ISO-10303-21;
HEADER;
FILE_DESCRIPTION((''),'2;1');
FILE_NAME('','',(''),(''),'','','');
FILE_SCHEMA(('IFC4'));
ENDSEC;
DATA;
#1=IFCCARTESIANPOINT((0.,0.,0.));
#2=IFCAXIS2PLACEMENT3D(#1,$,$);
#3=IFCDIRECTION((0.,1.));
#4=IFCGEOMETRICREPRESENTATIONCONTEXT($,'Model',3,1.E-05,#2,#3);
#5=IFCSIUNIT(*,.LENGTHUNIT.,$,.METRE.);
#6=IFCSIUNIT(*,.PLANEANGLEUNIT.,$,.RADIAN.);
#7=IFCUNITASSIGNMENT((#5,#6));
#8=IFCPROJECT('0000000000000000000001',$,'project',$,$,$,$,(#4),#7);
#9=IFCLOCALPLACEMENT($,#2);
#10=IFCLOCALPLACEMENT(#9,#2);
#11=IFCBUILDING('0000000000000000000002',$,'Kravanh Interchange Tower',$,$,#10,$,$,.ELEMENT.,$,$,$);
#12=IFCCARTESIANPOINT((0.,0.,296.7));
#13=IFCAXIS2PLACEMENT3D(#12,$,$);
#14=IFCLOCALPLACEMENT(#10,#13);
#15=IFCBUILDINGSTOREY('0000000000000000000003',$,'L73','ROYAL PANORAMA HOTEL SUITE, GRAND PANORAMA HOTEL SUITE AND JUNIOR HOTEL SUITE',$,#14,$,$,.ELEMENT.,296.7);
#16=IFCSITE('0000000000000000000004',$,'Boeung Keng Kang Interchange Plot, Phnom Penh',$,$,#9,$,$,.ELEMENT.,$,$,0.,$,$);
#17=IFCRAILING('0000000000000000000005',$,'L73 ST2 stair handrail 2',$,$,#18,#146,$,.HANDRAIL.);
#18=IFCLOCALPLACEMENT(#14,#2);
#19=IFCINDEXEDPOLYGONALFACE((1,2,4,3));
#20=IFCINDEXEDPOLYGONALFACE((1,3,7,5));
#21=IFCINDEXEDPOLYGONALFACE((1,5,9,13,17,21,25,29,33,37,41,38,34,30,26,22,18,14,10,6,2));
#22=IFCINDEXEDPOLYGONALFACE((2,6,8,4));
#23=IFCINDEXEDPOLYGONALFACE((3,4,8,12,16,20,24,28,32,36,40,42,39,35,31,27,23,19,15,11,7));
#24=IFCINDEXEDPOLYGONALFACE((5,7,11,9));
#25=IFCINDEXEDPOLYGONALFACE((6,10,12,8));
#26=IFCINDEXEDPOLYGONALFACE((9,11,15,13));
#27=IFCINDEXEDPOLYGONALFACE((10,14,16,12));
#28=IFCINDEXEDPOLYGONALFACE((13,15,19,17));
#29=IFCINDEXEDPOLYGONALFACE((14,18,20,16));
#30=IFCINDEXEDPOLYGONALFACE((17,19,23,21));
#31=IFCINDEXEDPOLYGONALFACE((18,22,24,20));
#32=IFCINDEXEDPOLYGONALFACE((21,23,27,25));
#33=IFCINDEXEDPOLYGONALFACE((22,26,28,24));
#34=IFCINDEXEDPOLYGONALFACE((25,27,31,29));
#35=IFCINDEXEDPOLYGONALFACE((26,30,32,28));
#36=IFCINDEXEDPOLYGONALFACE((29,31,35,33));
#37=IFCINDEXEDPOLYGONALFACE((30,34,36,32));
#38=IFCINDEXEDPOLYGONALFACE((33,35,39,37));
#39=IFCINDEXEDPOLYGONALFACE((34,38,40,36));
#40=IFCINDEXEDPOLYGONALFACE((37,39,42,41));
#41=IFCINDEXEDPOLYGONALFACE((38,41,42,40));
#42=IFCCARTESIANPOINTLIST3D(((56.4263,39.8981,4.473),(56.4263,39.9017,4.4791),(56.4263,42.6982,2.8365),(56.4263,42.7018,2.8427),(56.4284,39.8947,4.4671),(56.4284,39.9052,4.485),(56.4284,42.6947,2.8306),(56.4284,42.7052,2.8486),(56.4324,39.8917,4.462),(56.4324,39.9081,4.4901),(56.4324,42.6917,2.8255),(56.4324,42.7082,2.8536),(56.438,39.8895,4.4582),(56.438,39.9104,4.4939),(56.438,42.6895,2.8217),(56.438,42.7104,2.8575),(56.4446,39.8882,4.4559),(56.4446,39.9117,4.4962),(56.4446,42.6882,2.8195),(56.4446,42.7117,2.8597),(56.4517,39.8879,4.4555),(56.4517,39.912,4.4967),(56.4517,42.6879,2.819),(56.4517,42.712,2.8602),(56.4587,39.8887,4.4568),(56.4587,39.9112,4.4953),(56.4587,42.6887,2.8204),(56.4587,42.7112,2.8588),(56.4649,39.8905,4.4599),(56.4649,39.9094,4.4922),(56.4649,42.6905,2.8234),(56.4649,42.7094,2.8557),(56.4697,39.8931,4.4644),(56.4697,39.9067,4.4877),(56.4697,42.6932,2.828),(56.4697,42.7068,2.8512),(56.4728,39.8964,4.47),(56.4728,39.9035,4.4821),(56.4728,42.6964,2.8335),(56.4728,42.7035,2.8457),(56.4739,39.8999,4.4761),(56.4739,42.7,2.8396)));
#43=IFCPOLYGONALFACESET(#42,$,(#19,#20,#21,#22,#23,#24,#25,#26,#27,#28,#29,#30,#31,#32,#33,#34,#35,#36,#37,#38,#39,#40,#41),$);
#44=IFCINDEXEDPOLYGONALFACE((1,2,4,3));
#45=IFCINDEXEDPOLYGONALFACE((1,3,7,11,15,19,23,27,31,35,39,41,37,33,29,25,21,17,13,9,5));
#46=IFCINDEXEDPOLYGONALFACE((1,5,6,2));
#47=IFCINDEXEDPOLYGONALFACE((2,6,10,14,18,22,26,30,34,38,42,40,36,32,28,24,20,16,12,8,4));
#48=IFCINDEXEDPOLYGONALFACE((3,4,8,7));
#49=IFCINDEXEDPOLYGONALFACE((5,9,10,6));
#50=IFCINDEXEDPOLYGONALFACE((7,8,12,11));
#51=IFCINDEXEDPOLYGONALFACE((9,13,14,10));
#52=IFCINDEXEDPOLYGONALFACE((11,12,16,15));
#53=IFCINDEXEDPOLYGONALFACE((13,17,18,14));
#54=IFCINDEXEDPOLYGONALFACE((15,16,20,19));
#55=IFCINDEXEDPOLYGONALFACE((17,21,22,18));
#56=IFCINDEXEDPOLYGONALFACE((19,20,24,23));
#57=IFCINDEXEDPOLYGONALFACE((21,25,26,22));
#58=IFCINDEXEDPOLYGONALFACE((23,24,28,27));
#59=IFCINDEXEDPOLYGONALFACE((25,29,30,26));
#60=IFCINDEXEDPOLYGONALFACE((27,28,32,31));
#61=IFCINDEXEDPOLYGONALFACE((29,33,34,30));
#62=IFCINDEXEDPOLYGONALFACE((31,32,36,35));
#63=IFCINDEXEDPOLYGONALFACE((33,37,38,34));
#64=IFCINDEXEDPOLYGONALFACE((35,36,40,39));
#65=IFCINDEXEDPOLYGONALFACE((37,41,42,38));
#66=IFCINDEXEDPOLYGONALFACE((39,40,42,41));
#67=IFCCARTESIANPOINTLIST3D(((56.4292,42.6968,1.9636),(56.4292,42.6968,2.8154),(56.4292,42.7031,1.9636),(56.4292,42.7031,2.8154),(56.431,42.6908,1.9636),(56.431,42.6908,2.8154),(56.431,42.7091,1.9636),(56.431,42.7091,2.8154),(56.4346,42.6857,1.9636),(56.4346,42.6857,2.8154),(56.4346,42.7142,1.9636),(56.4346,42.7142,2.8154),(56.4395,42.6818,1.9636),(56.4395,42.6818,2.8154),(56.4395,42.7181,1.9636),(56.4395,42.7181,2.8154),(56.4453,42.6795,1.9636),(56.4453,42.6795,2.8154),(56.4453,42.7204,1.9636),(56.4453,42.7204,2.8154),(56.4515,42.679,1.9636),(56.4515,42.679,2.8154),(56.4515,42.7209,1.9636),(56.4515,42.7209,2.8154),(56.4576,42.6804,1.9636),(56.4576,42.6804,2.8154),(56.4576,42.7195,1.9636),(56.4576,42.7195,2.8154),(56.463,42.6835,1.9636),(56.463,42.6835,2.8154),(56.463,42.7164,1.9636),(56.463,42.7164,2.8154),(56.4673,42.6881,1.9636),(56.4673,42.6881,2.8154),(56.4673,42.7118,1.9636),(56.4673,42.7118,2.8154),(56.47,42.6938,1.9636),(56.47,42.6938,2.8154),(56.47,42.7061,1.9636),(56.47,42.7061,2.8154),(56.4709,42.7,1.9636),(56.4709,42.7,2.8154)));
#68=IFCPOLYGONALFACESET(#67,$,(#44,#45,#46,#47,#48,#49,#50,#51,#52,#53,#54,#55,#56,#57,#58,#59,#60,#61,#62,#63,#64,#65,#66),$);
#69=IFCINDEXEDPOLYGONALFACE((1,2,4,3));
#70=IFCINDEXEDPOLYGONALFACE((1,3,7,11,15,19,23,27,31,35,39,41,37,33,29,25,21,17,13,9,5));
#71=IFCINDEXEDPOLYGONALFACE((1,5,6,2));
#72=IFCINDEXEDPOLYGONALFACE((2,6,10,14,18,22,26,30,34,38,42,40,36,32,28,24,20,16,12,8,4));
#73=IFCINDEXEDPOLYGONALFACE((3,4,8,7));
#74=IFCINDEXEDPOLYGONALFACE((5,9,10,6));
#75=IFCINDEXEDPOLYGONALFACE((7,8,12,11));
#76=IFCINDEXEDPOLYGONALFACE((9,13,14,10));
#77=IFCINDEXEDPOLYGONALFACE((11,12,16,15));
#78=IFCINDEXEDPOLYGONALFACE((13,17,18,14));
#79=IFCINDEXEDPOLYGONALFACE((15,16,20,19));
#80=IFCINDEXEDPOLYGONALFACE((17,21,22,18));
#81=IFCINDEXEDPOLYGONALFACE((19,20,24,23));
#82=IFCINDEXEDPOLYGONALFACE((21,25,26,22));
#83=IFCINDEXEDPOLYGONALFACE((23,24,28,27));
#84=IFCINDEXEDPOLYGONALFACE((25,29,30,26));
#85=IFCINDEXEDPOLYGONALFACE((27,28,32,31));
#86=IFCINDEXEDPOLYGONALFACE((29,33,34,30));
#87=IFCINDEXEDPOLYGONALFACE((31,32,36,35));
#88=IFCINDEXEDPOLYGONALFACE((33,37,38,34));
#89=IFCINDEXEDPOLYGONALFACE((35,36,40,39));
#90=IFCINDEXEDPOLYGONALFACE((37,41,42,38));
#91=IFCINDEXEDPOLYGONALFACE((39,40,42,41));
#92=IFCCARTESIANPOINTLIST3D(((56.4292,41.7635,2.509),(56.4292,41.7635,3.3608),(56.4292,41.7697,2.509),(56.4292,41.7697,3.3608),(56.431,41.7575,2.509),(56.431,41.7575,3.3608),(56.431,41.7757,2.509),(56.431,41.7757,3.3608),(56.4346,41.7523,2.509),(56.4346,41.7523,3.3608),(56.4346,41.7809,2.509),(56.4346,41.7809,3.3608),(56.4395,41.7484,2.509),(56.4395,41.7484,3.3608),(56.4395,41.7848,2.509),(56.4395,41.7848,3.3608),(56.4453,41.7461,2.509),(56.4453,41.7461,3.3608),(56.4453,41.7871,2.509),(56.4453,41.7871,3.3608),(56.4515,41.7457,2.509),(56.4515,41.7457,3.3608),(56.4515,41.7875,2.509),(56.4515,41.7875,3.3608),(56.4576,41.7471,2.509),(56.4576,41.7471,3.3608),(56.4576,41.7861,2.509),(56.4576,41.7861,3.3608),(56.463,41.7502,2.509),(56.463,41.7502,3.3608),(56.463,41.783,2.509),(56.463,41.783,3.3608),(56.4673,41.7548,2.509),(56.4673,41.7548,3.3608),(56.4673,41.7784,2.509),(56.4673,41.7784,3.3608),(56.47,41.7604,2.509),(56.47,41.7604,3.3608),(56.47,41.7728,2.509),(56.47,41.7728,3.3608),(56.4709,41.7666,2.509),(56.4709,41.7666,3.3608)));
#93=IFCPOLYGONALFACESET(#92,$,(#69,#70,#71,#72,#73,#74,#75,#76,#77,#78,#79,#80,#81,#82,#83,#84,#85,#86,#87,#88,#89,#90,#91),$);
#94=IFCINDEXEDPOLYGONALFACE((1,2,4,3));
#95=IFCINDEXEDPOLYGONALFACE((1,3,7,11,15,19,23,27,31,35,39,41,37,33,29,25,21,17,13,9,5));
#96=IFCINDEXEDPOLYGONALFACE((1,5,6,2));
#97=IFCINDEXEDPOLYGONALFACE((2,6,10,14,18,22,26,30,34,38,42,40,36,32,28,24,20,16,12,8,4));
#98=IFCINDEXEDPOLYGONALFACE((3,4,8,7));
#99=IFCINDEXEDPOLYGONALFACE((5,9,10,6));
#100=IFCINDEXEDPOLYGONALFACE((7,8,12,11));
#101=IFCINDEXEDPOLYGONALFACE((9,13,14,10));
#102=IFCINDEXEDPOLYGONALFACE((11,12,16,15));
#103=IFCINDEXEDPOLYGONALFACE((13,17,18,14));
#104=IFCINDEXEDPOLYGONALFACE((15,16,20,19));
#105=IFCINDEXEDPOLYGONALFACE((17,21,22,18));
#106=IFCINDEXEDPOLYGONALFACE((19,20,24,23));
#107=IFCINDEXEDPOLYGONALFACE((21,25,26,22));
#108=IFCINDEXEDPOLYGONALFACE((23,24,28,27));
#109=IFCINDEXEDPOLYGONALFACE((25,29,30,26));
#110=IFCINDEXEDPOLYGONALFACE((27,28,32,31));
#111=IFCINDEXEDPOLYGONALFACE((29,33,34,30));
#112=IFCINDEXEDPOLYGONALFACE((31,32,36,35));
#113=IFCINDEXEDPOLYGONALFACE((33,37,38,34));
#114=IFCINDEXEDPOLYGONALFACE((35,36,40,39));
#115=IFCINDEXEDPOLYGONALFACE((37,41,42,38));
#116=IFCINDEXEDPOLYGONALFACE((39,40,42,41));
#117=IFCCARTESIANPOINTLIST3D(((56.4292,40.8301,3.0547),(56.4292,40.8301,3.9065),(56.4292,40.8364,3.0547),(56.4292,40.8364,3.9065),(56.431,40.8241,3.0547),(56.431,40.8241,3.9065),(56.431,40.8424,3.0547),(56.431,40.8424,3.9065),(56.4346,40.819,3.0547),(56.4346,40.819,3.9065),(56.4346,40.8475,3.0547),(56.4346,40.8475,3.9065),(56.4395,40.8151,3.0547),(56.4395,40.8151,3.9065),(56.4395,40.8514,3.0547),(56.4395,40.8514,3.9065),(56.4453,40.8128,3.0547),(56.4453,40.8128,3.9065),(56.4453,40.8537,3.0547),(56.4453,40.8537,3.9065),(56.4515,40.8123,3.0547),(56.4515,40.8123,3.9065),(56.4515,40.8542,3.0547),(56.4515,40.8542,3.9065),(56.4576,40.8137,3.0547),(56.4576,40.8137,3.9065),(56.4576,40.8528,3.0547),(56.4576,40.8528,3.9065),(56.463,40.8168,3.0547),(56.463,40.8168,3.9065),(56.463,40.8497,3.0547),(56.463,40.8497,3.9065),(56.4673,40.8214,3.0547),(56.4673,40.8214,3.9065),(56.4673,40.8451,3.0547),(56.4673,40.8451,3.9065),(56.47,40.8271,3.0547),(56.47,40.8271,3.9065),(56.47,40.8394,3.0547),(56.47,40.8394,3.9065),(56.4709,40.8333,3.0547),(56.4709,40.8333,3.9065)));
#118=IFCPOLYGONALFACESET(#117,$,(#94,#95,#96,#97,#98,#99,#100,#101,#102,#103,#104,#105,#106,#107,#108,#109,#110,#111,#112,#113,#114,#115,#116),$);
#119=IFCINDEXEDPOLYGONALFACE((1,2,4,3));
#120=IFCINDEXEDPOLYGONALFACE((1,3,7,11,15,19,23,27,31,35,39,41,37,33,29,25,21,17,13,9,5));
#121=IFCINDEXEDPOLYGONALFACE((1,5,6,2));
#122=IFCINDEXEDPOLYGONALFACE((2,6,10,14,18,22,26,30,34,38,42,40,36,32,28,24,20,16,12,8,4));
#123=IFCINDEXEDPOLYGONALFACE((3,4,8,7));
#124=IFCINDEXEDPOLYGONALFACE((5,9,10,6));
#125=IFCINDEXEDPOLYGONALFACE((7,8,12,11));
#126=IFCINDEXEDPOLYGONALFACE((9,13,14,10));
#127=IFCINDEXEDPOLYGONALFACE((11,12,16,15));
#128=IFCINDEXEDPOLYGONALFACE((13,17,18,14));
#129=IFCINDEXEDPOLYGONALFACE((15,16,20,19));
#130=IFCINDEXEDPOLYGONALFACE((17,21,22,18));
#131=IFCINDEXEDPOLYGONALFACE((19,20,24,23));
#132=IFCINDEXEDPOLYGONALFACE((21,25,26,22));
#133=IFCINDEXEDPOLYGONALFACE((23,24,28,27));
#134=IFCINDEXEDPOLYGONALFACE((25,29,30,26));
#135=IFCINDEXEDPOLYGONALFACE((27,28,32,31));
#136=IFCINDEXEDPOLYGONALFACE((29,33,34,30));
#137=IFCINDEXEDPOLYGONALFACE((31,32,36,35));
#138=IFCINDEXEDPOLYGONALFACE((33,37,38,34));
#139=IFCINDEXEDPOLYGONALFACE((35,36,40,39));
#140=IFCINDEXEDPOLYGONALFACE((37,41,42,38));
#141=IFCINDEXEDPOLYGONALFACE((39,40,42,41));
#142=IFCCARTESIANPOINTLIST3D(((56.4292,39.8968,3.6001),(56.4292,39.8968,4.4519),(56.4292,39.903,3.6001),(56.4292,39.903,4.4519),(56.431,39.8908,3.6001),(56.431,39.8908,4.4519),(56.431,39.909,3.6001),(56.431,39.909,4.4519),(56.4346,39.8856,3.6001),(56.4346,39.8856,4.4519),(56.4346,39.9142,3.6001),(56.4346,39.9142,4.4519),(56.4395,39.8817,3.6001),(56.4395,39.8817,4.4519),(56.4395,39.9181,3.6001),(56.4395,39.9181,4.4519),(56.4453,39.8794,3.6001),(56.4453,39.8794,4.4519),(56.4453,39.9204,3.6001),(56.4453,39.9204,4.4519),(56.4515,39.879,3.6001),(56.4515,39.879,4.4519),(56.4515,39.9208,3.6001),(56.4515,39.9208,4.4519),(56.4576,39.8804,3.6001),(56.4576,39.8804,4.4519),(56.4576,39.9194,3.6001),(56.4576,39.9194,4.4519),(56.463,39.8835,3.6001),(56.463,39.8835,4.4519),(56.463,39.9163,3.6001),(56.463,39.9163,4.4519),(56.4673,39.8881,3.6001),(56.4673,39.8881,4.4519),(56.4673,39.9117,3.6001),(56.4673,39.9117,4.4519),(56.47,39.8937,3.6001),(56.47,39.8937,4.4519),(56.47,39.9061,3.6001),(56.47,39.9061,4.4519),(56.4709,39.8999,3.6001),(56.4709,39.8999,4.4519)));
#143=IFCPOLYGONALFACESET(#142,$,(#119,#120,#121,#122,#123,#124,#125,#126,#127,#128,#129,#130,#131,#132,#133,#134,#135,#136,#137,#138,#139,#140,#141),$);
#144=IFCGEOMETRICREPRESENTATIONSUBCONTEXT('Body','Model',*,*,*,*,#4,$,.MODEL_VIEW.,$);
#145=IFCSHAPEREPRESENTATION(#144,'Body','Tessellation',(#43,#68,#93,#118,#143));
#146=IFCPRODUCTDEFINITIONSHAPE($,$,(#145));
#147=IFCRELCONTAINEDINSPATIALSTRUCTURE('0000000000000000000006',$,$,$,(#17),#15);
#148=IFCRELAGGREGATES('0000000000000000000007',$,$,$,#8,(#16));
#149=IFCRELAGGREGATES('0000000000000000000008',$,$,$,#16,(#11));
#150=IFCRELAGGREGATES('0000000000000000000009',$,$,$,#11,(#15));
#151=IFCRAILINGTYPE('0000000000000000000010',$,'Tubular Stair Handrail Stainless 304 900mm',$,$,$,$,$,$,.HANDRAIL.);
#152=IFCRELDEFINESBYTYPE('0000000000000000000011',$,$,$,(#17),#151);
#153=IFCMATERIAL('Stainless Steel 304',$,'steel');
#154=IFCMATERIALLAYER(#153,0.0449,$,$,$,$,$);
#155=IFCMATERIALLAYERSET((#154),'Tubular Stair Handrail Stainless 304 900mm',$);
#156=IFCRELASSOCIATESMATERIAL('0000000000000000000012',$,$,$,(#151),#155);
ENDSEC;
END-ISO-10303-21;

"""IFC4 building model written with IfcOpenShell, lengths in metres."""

from ifc_helpers import new_model, si_unit, direction, frame, origin, origin_2d, place, context, subcontext, project, spatial, circle, extrude, material, layer, layer_set, type_object, element, save


model = new_model("IFC4")

# Units and contexts
model_context = context("Model", 3, precision=1e-05, world=origin(), true_north=direction((0.0, 1.0)))
body_context = subcontext(model_context, "Body", "Model", "MODEL_VIEW")
ifc_project = project(units=[si_unit("LENGTHUNIT", "METRE"), si_unit("PLANEANGLEUNIT", "RADIAN")], contexts=[model_context])

# Site, building, storey
site_placement = place(None, origin())
site = spatial("IfcSite", under=ifc_project, at=site_placement, Name="Boeung Keng Kang Interchange Plot, Phnom Penh", CompositionType="ELEMENT", RefElevation=0.0)
building_placement = place(site_placement, origin())
building = spatial("IfcBuilding", under=site, at=building_placement, Name="Kravanh Interchange Tower", CompositionType="ELEMENT")
storey_placement = place(building_placement, frame((0.0, 0.0, 296.7)))
storey = spatial("IfcBuildingStorey", under=building, at=storey_placement, Name="L73", Description="ROYAL PANORAMA HOTEL SUITE, GRAND PANORAMA HOTEL SUITE AND JUNIOR HOTEL SUITE", CompositionType="ELEMENT", Elevation=296.7)

# Railing
ifc_material_1 = material(Name="Stainless Steel 304", Category="steel")
ifc_layer_1 = layer(ifc_material_1, 0.0449)
ifc_layer_set_1 = layer_set([ifc_layer_1], Name="Tubular Stair Handrail Stainless 304 900mm")
railing_type_1 = type_object("IfcRailingType", Name="Tubular Stair Handrail Stainless 304 900mm", PredefinedType="HANDRAIL", material=ifc_layer_set_1)
railing_1_placement = place(storey_placement, frame((56.45, 42.7, 1.9636)))
element("IfcRailing", 1, at=railing_1_placement, inside=storey, type_object=railing_type_1, Name="L73 ST2 stair handrail 2", PredefinedType="HANDRAIL", context=body_context, shape_type="SweptSolid", body=[
    extrude(circle(Radius=0.0239, at=origin_2d()), frame((0.0, 0.0, 0.876), z_axis=(0.0, -0.863361, 0.504587), x_axis=(1.0, 0.0, 0.0)), (0.0, 0.0, 1.0), 3.2432),
    extrude(circle(Radius=0.021, at=origin_2d()), origin(), (0.0, 0.0, 1.0), 0.8518),
    extrude(circle(Radius=0.021, at=origin_2d()), frame((0.0, -0.9333, 0.5454)), (0.0, 0.0, 1.0), 0.8518),
    extrude(circle(Radius=0.021, at=origin_2d()), frame((0.0, -1.8667, 1.0911)), (0.0, 0.0, 1.0), 0.8518),
    extrude(circle(Radius=0.021, at=origin_2d()), frame((0.0, -2.8, 1.6365)), (0.0, 0.0, 1.0), 0.8518),
])

save(model, "model.ifc")
